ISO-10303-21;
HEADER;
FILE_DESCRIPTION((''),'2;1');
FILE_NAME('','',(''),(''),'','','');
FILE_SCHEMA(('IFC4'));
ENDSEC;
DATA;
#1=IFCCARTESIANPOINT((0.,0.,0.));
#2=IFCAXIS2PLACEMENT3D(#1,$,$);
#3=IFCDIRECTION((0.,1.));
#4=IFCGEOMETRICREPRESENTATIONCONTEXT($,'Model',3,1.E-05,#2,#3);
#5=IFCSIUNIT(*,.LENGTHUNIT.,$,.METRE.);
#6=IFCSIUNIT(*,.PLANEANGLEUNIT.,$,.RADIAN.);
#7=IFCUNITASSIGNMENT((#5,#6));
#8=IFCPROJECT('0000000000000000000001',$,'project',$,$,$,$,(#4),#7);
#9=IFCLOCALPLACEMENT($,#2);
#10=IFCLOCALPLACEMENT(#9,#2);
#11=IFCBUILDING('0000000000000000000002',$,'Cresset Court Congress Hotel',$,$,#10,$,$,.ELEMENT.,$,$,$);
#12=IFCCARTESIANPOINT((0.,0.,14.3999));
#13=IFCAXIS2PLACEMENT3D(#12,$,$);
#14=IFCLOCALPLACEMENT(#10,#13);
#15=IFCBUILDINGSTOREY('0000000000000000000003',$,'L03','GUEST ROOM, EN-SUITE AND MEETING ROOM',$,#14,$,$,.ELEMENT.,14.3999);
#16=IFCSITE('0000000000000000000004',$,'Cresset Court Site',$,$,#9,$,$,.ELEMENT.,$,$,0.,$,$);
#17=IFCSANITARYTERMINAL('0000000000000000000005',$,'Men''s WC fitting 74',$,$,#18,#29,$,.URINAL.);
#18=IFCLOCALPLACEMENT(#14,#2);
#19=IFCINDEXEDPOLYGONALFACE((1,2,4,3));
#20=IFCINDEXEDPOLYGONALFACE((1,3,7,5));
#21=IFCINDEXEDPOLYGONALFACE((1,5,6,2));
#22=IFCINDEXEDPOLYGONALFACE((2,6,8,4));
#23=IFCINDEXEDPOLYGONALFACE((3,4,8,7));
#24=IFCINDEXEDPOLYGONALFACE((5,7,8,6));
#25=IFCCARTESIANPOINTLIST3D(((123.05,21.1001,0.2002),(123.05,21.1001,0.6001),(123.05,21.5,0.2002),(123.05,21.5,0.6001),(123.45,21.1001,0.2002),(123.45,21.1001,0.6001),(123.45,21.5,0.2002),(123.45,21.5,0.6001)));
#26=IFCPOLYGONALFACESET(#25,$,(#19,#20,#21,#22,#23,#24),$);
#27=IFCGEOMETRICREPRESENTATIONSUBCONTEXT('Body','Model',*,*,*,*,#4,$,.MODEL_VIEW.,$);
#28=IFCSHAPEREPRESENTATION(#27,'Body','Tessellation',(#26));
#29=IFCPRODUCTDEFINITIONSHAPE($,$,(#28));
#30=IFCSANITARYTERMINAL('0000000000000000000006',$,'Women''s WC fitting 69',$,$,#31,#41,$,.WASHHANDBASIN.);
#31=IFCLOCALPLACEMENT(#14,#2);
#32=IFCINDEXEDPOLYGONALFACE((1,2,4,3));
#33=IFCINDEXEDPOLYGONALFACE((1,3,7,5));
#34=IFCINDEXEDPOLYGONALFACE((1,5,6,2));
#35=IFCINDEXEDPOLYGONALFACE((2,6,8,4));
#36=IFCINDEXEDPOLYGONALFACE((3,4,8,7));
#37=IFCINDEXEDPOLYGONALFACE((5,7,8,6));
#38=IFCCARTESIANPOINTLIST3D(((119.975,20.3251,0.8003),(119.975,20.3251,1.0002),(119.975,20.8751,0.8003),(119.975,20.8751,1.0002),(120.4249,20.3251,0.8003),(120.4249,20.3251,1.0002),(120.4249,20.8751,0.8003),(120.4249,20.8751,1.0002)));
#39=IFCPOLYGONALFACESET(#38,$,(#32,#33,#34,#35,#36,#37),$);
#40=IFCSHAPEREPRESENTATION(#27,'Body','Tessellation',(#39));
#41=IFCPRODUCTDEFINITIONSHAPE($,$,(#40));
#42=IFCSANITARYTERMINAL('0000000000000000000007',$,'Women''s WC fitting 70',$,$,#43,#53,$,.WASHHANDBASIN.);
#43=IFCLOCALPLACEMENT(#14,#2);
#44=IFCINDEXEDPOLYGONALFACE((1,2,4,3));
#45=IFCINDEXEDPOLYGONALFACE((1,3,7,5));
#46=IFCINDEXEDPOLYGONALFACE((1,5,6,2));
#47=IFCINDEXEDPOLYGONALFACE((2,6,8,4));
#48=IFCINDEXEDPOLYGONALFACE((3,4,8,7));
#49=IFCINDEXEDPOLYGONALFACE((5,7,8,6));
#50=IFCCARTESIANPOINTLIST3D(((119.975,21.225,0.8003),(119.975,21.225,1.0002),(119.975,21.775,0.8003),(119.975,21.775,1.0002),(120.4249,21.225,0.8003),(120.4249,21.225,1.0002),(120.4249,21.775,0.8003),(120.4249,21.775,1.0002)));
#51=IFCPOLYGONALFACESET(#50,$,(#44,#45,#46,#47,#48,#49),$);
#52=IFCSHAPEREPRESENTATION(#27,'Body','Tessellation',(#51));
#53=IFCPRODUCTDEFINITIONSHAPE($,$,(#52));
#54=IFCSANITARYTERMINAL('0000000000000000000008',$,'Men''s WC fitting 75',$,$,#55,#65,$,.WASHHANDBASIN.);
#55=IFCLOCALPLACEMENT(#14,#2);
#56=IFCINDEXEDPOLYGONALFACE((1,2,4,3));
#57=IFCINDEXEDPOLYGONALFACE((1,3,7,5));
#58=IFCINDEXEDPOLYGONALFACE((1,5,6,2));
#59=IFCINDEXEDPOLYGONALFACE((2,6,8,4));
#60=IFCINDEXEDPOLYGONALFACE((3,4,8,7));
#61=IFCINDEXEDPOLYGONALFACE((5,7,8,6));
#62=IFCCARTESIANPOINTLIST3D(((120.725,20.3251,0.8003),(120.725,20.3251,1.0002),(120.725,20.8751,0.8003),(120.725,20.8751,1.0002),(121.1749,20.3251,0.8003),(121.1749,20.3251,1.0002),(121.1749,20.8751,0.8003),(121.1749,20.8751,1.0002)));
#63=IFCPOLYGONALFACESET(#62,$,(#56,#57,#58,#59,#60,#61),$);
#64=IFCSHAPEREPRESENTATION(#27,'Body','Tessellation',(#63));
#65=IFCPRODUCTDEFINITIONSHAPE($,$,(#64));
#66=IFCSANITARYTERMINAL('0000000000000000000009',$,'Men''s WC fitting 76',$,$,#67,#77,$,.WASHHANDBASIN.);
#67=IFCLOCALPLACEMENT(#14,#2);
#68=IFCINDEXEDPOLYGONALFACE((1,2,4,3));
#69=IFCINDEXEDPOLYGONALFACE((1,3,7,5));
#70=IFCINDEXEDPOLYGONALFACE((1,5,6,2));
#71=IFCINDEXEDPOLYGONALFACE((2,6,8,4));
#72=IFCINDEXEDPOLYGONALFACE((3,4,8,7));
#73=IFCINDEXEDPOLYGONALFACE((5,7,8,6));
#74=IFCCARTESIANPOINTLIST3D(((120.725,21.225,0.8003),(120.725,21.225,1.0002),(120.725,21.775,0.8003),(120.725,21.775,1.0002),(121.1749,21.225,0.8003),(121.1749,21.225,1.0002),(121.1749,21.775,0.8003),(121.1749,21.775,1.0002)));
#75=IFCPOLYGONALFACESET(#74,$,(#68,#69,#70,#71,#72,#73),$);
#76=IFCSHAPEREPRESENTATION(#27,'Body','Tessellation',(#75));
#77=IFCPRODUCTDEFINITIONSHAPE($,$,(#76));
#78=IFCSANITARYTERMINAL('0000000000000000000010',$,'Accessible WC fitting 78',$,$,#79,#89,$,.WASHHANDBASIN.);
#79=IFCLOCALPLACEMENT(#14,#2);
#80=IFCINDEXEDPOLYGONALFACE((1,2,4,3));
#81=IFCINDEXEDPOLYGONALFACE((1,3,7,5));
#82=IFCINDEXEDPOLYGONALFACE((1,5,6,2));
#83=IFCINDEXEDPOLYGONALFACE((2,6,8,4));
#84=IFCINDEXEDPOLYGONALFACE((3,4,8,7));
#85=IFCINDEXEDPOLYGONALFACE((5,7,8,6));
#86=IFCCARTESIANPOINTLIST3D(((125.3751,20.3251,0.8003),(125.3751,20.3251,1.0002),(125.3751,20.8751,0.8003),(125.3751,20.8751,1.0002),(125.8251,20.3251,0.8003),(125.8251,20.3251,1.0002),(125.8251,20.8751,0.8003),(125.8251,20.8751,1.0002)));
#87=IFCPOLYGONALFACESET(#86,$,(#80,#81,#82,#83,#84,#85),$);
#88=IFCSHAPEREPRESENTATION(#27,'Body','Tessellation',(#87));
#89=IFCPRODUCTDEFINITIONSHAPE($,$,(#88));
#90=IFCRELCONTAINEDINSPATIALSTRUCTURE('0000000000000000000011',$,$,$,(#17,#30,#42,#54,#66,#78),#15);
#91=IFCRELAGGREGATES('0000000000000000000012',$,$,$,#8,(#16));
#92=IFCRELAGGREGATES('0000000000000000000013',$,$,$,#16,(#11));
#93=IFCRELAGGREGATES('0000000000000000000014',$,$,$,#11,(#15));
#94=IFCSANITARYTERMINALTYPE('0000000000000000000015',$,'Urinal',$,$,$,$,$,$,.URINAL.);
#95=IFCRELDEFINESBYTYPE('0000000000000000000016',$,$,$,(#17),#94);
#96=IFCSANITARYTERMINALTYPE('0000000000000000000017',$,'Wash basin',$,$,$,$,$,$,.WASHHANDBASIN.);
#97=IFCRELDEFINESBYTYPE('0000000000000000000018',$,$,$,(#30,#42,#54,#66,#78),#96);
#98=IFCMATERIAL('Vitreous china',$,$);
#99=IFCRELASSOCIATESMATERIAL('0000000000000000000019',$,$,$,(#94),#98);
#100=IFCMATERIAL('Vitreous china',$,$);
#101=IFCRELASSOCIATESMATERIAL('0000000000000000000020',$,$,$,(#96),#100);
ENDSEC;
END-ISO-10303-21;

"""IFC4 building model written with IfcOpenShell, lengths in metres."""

from ifc_helpers import new_model, si_unit, direction, frame, origin, origin_2d, place, context, subcontext, project, spatial, rectangle, extrude, material, type_object, element, save


model = new_model("IFC4")

# Units and contexts
model_context = context("Model", 3, precision=1e-05, world=origin(), true_north=direction((0.0, 1.0)))
body_context = subcontext(model_context, "Body", "Model", "MODEL_VIEW")
ifc_project = project(units=[si_unit("LENGTHUNIT", "METRE"), si_unit("PLANEANGLEUNIT", "RADIAN")], contexts=[model_context])

# Site, building, storey
site_placement = place(None, origin())
site = spatial("IfcSite", under=ifc_project, at=site_placement, Name="Cresset Court Site", CompositionType="ELEMENT", RefElevation=0.0)
building_placement = place(site_placement, origin())
building = spatial("IfcBuilding", under=site, at=building_placement, Name="Cresset Court Congress Hotel", CompositionType="ELEMENT")
storey_placement = place(building_placement, frame((0.0, 0.0, 14.3999)))
storey = spatial("IfcBuildingStorey", under=building, at=storey_placement, Name="L03", Description="GUEST ROOM, EN-SUITE AND MEETING ROOM", CompositionType="ELEMENT", Elevation=14.3999)

# Sanitary terminals
ifc_material_1 = material(Name="Vitreous china")
sanitary_terminal_type_1 = type_object("IfcSanitaryTerminalType", Name="Urinal", PredefinedType="URINAL", material=ifc_material_1)
for number, where, z_axis, x_axis, name in (
    (1, (123.25, 21.3, 0.2002), (0.0, 0.0, 1.0), (1.0, 0.0, 0.0), "Men's WC fitting 74"),
):
    element("IfcSanitaryTerminal", number, at=place(storey_placement, frame(where, z_axis=z_axis, x_axis=x_axis)), inside=storey, type_object=sanitary_terminal_type_1, Name=name, PredefinedType="URINAL", context=body_context, shape_type="SweptSolid", body=[
        extrude(rectangle(XDim=0.3999, YDim=0.3999, at=origin_2d()), origin(), (0.0, 0.0, 1.0), 0.3999),
    ])
ifc_material_2 = material(Name="Vitreous china")
sanitary_terminal_type_2 = type_object("IfcSanitaryTerminalType", Name="Wash basin", PredefinedType="WASHHANDBASIN", material=ifc_material_2)
for number, where, z_axis, x_axis, name in (
    (2, (120.2, 20.6001, 0.8003), (0.0, 0.0, 1.0), (1.0, 0.0, 0.0), "Women's WC fitting 69"),
    (3, (120.2, 21.5, 0.8003), (0.0, 0.0, 1.0), (1.0, 0.0, 0.0), "Women's WC fitting 70"),
    (4, (120.95, 20.6001, 0.8003), (0.0, 0.0, 1.0), (1.0, 0.0, 0.0), "Men's WC fitting 75"),
    (5, (120.95, 21.5, 0.8003), (0.0, 0.0, 1.0), (1.0, 0.0, 0.0), "Men's WC fitting 76"),
    (6, (125.6001, 20.6001, 0.8003), (0.0, 0.0, 1.0), (1.0, 0.0, 0.0), "Accessible WC fitting 78"),
):
    element("IfcSanitaryTerminal", number, at=place(storey_placement, frame(where, z_axis=z_axis, x_axis=x_axis)), inside=storey, type_object=sanitary_terminal_type_2, Name=name, PredefinedType="WASHHANDBASIN", context=body_context, shape_type="SweptSolid", body=[
        extrude(rectangle(XDim=0.45, YDim=0.55, at=origin_2d()), origin(), (0.0, 0.0, 1.0), 0.2),
    ])

save(model, "model.ifc")
